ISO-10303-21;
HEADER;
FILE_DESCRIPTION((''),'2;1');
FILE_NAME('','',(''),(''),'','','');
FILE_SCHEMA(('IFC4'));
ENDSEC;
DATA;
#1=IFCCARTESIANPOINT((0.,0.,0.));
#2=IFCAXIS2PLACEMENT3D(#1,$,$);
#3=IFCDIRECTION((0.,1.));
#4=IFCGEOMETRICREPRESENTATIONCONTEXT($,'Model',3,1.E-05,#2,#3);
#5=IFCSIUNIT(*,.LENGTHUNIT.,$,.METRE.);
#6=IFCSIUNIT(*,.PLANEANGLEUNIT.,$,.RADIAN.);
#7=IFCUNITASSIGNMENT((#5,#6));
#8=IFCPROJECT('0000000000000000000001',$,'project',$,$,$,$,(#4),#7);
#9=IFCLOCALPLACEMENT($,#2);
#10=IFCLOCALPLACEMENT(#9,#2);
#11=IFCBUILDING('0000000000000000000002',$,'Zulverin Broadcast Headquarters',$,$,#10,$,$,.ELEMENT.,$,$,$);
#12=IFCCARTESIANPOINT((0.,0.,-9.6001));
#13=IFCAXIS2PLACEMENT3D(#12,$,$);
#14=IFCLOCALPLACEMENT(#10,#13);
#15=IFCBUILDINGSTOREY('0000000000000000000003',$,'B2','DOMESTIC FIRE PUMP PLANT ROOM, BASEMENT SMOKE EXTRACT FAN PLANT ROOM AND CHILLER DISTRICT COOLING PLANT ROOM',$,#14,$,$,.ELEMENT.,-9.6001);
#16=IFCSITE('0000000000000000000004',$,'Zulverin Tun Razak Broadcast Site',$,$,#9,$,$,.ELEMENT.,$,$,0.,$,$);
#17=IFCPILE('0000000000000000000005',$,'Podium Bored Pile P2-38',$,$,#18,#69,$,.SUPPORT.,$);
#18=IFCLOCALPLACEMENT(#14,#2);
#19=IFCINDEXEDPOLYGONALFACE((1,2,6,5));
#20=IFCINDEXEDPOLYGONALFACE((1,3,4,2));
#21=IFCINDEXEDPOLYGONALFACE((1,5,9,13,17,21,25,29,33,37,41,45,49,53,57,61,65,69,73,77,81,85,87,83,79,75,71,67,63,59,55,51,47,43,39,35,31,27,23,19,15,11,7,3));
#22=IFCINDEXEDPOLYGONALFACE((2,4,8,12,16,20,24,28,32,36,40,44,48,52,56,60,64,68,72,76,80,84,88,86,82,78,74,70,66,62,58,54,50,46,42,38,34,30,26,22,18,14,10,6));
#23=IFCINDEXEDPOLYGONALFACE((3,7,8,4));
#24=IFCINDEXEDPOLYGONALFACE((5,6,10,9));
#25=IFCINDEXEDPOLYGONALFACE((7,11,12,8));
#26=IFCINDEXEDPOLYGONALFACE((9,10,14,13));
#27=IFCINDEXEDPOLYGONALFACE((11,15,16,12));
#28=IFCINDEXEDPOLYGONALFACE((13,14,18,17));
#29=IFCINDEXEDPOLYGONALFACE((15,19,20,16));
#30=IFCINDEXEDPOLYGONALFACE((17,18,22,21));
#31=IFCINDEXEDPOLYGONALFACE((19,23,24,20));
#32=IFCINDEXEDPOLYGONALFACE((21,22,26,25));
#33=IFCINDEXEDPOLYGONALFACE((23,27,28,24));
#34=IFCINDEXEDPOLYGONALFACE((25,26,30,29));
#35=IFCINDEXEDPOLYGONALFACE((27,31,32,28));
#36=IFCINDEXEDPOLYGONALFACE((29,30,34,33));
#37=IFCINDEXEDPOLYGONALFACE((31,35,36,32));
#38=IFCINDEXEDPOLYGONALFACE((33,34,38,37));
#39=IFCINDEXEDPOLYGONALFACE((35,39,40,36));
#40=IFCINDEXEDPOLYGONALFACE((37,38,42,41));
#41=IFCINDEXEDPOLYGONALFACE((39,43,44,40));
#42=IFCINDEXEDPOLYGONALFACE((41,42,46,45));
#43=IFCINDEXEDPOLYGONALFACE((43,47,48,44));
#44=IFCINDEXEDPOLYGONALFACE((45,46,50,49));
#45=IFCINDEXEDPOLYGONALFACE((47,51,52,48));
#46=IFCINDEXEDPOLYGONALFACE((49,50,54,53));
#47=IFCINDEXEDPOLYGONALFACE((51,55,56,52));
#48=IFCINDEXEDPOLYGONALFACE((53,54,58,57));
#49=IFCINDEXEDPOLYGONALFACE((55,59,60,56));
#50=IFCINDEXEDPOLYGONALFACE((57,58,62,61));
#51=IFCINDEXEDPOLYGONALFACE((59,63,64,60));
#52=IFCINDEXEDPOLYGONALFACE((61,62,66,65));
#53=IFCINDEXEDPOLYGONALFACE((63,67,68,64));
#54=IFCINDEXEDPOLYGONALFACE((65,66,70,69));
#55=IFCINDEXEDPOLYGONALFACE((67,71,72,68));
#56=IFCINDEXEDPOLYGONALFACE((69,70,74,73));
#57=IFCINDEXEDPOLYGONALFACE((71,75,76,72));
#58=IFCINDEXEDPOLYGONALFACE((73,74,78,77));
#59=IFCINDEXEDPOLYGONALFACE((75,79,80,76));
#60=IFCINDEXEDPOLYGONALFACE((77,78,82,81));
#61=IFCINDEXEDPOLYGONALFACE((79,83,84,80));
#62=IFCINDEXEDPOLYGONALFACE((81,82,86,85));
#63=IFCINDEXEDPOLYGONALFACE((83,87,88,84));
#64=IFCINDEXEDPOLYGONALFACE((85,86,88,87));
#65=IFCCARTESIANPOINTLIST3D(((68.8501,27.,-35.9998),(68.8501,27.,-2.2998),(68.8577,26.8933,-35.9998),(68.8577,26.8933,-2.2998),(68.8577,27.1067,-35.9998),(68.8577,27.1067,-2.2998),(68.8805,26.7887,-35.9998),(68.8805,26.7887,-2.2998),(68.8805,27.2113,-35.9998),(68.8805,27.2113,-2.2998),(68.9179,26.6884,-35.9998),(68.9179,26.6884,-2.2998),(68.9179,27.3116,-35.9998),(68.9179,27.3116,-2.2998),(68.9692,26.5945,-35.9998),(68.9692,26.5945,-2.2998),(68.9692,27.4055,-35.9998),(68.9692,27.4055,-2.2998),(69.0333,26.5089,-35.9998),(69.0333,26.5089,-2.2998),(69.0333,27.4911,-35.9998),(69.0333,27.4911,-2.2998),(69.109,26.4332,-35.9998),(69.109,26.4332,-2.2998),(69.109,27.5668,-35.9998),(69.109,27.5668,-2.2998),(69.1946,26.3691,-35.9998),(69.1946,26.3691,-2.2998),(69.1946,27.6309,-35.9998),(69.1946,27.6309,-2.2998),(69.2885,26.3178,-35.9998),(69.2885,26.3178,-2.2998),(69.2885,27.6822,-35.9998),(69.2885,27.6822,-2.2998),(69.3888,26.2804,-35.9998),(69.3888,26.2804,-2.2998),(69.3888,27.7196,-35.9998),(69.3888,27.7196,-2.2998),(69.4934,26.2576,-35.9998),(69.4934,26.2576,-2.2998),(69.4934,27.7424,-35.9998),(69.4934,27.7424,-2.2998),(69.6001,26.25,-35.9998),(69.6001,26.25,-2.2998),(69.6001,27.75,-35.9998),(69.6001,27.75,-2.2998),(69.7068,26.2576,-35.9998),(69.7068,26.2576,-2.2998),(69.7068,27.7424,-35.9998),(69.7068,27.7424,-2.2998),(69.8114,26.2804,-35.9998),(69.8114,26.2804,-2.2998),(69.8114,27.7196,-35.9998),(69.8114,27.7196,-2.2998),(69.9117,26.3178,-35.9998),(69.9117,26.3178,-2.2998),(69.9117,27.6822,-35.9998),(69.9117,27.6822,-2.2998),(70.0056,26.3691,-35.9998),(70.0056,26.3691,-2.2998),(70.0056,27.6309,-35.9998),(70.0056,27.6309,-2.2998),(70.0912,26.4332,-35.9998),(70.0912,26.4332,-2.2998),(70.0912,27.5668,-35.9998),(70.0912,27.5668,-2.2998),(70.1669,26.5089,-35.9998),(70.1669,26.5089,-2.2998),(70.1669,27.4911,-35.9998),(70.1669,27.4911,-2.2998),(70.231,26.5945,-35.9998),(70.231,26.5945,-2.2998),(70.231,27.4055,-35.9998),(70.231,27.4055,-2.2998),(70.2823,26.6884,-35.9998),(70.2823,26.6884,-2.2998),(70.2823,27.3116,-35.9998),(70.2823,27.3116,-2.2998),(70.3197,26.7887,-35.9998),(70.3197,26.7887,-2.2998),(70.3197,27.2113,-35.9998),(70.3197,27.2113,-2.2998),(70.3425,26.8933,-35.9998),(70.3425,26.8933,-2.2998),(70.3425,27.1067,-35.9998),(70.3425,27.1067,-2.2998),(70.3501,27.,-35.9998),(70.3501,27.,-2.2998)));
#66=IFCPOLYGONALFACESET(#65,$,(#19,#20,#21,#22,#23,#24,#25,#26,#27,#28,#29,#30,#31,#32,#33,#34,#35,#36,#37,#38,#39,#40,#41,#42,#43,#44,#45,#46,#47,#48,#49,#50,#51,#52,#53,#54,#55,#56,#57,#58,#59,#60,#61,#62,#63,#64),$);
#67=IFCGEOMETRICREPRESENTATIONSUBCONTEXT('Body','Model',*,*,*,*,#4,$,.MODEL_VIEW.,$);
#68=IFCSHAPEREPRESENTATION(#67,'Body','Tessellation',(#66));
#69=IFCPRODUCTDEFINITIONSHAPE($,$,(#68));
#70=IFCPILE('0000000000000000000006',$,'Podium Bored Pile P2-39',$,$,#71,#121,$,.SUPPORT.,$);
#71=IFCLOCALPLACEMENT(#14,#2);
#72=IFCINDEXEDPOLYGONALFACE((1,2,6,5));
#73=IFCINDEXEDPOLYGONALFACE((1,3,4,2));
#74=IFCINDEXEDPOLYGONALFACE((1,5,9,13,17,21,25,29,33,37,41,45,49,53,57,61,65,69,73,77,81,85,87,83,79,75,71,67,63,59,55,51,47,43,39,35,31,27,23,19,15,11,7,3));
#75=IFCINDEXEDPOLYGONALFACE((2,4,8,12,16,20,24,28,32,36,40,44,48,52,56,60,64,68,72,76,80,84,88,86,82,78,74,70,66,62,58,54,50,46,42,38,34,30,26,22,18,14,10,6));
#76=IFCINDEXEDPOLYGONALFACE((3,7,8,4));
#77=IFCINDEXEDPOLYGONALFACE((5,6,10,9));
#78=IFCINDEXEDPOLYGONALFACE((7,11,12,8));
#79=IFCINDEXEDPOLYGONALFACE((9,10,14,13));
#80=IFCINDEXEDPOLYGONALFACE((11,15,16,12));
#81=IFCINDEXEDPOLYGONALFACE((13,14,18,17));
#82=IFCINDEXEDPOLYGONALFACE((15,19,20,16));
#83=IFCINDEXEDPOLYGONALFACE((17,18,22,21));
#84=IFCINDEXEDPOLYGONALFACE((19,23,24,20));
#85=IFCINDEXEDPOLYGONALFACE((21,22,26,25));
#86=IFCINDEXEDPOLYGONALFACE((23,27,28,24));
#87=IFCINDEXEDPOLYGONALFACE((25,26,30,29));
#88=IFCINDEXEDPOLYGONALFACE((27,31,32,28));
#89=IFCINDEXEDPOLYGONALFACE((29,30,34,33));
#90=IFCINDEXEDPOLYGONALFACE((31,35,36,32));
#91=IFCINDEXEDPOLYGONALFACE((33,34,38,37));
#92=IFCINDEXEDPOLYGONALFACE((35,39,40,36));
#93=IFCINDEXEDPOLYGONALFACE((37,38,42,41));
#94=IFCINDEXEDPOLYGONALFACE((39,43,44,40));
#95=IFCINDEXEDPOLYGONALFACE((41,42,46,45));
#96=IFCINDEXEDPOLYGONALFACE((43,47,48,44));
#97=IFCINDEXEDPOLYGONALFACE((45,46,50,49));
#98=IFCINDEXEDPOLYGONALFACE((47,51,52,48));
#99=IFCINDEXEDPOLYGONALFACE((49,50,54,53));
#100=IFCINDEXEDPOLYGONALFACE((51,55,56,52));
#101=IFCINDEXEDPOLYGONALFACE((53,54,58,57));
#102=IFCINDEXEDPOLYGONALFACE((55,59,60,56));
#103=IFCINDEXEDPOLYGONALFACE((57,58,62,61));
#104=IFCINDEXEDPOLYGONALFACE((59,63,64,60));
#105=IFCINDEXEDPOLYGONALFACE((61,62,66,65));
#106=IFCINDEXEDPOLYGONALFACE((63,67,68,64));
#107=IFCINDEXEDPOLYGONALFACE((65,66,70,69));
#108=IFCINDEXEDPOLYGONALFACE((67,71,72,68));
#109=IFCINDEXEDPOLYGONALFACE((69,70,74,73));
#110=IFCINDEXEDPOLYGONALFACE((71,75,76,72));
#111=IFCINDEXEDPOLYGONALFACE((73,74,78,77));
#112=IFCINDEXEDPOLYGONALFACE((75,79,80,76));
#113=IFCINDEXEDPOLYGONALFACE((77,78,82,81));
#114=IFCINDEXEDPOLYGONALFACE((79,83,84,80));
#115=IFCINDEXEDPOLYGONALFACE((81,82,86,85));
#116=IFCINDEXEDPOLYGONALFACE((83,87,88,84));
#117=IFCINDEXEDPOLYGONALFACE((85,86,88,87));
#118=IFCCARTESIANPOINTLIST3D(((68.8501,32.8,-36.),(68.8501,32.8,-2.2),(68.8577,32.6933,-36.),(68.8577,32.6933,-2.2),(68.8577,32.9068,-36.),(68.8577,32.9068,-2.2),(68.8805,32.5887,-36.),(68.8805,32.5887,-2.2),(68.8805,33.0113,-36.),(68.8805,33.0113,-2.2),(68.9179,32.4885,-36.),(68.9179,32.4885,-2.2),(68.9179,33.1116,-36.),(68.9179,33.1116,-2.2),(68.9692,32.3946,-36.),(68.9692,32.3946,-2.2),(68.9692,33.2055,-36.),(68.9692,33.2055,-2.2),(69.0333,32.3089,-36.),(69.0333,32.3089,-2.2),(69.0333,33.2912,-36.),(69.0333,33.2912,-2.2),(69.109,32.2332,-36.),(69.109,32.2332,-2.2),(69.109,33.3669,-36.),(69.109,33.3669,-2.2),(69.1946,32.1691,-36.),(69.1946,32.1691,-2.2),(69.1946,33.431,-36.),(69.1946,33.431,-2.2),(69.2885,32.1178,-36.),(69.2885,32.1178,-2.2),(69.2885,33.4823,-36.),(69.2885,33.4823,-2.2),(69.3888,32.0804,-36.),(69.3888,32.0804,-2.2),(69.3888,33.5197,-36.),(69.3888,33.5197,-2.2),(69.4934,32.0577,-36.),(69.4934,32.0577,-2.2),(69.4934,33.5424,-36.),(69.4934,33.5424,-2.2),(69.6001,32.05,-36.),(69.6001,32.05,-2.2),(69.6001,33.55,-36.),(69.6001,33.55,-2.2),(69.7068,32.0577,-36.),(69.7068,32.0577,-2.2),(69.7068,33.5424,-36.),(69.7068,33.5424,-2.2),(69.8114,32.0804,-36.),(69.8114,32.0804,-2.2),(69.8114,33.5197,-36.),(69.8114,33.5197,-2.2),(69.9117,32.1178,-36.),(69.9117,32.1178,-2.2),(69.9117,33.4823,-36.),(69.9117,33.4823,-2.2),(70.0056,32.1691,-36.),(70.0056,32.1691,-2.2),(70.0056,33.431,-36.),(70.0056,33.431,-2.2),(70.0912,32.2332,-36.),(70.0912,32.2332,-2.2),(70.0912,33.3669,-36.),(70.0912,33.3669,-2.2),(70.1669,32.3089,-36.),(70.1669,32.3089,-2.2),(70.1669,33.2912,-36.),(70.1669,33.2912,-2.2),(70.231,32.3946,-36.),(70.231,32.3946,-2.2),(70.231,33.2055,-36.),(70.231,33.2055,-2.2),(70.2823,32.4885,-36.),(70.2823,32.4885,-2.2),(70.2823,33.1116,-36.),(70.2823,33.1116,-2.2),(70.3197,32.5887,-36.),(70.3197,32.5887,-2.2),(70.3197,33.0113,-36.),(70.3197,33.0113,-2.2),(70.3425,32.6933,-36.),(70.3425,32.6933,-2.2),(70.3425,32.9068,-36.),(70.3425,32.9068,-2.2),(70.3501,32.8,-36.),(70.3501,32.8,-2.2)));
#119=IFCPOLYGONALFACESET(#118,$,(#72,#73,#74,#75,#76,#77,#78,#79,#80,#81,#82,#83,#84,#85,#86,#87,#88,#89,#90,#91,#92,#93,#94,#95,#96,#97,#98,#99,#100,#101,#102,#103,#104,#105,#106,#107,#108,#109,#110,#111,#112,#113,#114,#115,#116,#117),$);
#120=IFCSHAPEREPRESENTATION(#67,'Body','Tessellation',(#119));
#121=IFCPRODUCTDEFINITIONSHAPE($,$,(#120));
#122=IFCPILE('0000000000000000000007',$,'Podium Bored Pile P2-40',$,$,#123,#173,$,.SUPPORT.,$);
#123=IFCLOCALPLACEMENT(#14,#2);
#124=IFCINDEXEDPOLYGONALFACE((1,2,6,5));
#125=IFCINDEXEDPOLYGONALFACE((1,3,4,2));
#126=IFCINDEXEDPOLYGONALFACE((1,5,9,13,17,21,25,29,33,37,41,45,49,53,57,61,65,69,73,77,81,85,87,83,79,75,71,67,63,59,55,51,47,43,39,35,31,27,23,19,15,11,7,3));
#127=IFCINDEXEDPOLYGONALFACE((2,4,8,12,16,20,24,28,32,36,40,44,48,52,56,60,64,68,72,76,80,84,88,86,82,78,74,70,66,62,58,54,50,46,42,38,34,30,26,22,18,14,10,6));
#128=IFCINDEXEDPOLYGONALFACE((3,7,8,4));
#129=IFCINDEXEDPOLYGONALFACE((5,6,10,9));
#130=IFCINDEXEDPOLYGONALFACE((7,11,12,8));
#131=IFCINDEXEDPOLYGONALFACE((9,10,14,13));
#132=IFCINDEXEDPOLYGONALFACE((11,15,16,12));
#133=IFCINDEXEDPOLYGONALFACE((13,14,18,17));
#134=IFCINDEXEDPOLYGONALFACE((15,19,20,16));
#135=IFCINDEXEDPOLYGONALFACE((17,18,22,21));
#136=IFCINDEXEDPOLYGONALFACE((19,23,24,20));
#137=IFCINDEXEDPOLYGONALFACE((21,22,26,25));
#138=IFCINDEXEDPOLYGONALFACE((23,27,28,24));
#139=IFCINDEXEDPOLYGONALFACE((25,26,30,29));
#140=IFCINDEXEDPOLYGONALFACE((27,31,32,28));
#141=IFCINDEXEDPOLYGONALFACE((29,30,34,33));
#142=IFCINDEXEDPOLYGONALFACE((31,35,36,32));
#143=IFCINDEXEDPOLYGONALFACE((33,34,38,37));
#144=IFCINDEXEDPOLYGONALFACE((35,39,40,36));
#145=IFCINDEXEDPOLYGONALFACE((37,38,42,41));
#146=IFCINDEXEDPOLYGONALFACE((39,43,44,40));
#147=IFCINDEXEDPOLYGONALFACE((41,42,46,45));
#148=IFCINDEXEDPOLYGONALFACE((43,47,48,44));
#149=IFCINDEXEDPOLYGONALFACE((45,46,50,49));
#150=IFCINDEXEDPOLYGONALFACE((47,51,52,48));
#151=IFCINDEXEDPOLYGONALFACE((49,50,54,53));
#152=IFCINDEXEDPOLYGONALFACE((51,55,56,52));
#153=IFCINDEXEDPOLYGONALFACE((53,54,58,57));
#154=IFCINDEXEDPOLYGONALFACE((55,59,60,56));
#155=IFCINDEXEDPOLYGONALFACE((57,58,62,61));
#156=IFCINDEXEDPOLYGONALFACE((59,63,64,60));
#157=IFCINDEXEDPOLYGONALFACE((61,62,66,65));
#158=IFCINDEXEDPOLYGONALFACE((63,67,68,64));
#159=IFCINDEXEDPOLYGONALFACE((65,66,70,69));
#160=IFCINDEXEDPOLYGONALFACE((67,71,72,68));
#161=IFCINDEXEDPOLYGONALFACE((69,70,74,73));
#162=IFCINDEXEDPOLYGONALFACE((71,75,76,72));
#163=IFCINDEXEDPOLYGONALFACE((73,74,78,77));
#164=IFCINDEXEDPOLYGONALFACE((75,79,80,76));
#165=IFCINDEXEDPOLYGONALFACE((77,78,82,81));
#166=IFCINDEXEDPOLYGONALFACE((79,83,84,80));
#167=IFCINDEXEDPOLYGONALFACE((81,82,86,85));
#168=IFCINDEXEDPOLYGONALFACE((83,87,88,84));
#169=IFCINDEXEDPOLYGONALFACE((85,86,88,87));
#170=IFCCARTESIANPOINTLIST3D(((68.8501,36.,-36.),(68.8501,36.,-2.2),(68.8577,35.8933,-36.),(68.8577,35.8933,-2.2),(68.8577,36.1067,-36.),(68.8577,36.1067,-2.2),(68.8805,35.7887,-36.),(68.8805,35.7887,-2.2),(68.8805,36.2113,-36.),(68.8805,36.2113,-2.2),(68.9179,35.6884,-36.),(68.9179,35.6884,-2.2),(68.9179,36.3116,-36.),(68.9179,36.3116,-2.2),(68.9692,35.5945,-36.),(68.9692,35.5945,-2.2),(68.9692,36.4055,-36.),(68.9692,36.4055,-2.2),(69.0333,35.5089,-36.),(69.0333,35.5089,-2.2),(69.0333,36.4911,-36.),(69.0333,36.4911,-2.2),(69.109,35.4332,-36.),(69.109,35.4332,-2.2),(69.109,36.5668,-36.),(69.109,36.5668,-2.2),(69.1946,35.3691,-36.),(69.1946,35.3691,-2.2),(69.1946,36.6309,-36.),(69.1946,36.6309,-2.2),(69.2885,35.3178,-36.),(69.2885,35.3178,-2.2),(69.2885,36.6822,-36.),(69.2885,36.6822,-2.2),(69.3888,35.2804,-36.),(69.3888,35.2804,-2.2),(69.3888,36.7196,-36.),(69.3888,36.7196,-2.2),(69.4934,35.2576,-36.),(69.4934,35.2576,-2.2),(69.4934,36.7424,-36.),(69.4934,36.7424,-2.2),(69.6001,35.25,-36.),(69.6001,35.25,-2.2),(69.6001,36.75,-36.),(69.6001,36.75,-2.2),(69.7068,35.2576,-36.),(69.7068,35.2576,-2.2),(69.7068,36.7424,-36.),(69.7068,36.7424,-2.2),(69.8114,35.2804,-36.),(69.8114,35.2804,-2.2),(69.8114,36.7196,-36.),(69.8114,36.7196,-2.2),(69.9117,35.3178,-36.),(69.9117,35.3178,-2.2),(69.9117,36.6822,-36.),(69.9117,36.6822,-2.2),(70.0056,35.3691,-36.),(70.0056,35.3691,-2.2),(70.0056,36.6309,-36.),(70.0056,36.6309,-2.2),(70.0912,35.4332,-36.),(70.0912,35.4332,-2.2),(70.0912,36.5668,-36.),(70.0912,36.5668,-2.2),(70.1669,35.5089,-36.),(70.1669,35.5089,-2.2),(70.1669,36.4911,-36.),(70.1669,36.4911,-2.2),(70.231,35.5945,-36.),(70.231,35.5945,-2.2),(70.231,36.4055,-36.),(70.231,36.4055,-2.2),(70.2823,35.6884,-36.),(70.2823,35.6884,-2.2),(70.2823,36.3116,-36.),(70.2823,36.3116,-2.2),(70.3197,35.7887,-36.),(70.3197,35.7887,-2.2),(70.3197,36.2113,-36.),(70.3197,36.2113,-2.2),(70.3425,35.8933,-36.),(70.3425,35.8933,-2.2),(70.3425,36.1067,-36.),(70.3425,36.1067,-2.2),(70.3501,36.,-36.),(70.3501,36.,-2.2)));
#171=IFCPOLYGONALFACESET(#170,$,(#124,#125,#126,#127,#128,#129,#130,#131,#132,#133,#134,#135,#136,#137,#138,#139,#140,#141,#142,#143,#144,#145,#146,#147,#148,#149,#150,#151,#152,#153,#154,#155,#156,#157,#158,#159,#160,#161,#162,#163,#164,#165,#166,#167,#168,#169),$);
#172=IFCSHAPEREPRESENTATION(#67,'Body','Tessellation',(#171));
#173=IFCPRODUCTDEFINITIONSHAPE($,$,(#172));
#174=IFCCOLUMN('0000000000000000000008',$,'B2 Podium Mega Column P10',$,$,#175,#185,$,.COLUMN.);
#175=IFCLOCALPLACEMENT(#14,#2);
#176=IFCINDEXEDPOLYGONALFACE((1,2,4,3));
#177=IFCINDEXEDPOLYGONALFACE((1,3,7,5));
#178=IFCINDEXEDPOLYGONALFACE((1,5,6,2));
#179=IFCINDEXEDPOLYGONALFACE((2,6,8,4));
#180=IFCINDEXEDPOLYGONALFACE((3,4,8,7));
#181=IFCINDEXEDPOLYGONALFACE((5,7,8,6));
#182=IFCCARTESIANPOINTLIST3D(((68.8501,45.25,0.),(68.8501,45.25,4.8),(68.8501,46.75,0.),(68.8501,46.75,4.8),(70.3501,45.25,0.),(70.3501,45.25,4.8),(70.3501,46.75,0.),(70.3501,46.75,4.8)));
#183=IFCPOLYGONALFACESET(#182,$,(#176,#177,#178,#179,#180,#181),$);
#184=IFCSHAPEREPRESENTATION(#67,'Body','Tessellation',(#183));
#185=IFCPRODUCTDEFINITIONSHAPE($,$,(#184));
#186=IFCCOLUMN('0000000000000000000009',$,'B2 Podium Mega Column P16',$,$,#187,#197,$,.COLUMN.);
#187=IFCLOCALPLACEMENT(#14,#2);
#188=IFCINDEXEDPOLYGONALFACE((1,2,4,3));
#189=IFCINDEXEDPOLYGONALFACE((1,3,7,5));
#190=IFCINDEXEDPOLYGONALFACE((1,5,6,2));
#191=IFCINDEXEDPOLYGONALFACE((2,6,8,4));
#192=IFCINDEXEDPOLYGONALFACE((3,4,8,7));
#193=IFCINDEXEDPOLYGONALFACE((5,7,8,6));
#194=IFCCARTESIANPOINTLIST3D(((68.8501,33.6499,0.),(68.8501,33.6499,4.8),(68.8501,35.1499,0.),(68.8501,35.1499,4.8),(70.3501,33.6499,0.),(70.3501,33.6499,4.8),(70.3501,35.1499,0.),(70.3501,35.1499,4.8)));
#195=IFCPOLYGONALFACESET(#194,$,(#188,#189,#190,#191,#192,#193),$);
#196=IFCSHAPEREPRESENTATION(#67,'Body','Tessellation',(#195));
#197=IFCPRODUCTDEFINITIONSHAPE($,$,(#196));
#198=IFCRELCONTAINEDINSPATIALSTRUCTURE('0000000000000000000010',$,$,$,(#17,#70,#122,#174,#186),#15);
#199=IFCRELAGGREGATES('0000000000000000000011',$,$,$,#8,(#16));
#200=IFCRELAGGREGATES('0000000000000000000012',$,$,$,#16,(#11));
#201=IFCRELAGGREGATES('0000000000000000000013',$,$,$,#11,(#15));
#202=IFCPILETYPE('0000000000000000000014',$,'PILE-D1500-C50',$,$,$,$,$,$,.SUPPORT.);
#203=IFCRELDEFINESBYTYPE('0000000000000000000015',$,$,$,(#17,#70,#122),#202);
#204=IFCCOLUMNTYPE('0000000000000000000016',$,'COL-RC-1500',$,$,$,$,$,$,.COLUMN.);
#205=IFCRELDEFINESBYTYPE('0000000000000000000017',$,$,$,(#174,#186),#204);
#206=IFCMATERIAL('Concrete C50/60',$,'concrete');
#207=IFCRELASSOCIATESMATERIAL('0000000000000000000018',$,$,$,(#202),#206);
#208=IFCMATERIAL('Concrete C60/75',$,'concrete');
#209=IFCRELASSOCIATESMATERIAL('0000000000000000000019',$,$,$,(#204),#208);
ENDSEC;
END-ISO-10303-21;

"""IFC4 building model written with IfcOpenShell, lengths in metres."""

from ifc_helpers import new_model, si_unit, direction, frame, origin, origin_2d, place, context, subcontext, project, spatial, rectangle, circle, extrude, material, material_profile, profile_set, type_object, element, save


model = new_model("IFC4")

# Units and contexts
model_context = context("Model", 3, precision=1e-05, world=origin(), true_north=direction((0.0, 1.0)))
body_context = subcontext(model_context, "Body", "Model", "MODEL_VIEW")
ifc_project = project(units=[si_unit("LENGTHUNIT", "METRE"), si_unit("PLANEANGLEUNIT", "RADIAN")], contexts=[model_context])

# Site, building, storey
site_placement = place(None, origin())
site = spatial("IfcSite", under=ifc_project, at=site_placement, Name="Zulverin Tun Razak Broadcast Site", CompositionType="ELEMENT", RefElevation=0.0)
building_placement = place(site_placement, origin())
building = spatial("IfcBuilding", under=site, at=building_placement, Name="Zulverin Broadcast Headquarters", CompositionType="ELEMENT")
storey_placement = place(building_placement, frame((0.0, 0.0, -9.6001)))
storey = spatial("IfcBuildingStorey", under=building, at=storey_placement, Name="B2", Description="DOMESTIC FIRE PUMP PLANT ROOM, BASEMENT SMOKE EXTRACT FAN PLANT ROOM AND CHILLER DISTRICT COOLING PLANT ROOM", CompositionType="ELEMENT", Elevation=-9.6001)

# Shared definitions
ifc_material_1 = material(Name="Concrete C50/60", Category="concrete")

# Piles
ifc_material_profile_1 = material_profile(ifc_material_1, circle(Radius=0.75, at=origin_2d()), Name="Concrete C50/60", Category="concrete")
ifc_profile_set_1 = profile_set([ifc_material_profile_1], Name="Concrete C50/60")
pile_type = type_object("IfcPileType", Name="PILE-D1500-C50", PredefinedType="SUPPORT", material=ifc_profile_set_1)
for number, where, z_axis, x_axis, name in (
    (1, (69.6001, 27.0, -2.2998), (0.0, 0.0, -1.0), (1.0, 0.0, 0.0), "Podium Bored Pile P2-38"),
):
    element("IfcPile", number, at=place(storey_placement, frame(where, z_axis=z_axis, x_axis=x_axis)), inside=storey, type_object=pile_type, Name=name, PredefinedType="SUPPORT", context=body_context, shape_type="SweptSolid", body=[
        extrude(circle(Radius=0.75, at=origin_2d()), origin(), (0.0, 0.0, 1.0), 33.7),
    ])
for number, where, z_axis, x_axis, name in (
    (2, (69.6001, 32.8, -2.2), (0.0, 0.0, -1.0), (1.0, 0.0, 0.0), "Podium Bored Pile P2-39"),
    (3, (69.6001, 36.0, -2.2), (0.0, 0.0, -1.0), (1.0, 0.0, 0.0), "Podium Bored Pile P2-40"),
):
    element("IfcPile", number, at=place(storey_placement, frame(where, z_axis=z_axis, x_axis=x_axis)), inside=storey, type_object=pile_type, Name=name, PredefinedType="SUPPORT", context=body_context, shape_type="SweptSolid", body=[
        extrude(circle(Radius=0.75, at=origin_2d()), origin(), (0.0, 0.0, 1.0), 33.8),
    ])

# Columns
ifc_material_2 = material(Name="Concrete C60/75", Category="concrete")
ifc_material_profile_2 = material_profile(ifc_material_2, rectangle(XDim=1.5, YDim=1.5, at=origin_2d()), Name="Concrete C60/75", Category="concrete")
ifc_profile_set_2 = profile_set([ifc_material_profile_2], Name="Concrete C60/75")
column_type = type_object("IfcColumnType", Name="COL-RC-1500", PredefinedType="COLUMN", material=ifc_profile_set_2)
for number, where, z_axis, x_axis, name in (
    (4, (69.6001, 46.0, 0.0), (0.0, 0.0, 1.0), (1.0, 0.0, 0.0), "B2 Podium Mega Column P10"),
    (5, (69.6001, 34.3999, 0.0), (0.0, 0.0, 1.0), (1.0, 0.0, 0.0), "B2 Podium Mega Column P16"),
):
    element("IfcColumn", number, at=place(storey_placement, frame(where, z_axis=z_axis, x_axis=x_axis)), inside=storey, type_object=column_type, Name=name, PredefinedType="COLUMN", context=body_context, shape_type="SweptSolid", body=[
        extrude(rectangle(XDim=1.5, YDim=1.5, at=origin_2d()), origin(), (0.0, 0.0, 1.0), 4.8),
    ])

save(model, "model.ifc")
